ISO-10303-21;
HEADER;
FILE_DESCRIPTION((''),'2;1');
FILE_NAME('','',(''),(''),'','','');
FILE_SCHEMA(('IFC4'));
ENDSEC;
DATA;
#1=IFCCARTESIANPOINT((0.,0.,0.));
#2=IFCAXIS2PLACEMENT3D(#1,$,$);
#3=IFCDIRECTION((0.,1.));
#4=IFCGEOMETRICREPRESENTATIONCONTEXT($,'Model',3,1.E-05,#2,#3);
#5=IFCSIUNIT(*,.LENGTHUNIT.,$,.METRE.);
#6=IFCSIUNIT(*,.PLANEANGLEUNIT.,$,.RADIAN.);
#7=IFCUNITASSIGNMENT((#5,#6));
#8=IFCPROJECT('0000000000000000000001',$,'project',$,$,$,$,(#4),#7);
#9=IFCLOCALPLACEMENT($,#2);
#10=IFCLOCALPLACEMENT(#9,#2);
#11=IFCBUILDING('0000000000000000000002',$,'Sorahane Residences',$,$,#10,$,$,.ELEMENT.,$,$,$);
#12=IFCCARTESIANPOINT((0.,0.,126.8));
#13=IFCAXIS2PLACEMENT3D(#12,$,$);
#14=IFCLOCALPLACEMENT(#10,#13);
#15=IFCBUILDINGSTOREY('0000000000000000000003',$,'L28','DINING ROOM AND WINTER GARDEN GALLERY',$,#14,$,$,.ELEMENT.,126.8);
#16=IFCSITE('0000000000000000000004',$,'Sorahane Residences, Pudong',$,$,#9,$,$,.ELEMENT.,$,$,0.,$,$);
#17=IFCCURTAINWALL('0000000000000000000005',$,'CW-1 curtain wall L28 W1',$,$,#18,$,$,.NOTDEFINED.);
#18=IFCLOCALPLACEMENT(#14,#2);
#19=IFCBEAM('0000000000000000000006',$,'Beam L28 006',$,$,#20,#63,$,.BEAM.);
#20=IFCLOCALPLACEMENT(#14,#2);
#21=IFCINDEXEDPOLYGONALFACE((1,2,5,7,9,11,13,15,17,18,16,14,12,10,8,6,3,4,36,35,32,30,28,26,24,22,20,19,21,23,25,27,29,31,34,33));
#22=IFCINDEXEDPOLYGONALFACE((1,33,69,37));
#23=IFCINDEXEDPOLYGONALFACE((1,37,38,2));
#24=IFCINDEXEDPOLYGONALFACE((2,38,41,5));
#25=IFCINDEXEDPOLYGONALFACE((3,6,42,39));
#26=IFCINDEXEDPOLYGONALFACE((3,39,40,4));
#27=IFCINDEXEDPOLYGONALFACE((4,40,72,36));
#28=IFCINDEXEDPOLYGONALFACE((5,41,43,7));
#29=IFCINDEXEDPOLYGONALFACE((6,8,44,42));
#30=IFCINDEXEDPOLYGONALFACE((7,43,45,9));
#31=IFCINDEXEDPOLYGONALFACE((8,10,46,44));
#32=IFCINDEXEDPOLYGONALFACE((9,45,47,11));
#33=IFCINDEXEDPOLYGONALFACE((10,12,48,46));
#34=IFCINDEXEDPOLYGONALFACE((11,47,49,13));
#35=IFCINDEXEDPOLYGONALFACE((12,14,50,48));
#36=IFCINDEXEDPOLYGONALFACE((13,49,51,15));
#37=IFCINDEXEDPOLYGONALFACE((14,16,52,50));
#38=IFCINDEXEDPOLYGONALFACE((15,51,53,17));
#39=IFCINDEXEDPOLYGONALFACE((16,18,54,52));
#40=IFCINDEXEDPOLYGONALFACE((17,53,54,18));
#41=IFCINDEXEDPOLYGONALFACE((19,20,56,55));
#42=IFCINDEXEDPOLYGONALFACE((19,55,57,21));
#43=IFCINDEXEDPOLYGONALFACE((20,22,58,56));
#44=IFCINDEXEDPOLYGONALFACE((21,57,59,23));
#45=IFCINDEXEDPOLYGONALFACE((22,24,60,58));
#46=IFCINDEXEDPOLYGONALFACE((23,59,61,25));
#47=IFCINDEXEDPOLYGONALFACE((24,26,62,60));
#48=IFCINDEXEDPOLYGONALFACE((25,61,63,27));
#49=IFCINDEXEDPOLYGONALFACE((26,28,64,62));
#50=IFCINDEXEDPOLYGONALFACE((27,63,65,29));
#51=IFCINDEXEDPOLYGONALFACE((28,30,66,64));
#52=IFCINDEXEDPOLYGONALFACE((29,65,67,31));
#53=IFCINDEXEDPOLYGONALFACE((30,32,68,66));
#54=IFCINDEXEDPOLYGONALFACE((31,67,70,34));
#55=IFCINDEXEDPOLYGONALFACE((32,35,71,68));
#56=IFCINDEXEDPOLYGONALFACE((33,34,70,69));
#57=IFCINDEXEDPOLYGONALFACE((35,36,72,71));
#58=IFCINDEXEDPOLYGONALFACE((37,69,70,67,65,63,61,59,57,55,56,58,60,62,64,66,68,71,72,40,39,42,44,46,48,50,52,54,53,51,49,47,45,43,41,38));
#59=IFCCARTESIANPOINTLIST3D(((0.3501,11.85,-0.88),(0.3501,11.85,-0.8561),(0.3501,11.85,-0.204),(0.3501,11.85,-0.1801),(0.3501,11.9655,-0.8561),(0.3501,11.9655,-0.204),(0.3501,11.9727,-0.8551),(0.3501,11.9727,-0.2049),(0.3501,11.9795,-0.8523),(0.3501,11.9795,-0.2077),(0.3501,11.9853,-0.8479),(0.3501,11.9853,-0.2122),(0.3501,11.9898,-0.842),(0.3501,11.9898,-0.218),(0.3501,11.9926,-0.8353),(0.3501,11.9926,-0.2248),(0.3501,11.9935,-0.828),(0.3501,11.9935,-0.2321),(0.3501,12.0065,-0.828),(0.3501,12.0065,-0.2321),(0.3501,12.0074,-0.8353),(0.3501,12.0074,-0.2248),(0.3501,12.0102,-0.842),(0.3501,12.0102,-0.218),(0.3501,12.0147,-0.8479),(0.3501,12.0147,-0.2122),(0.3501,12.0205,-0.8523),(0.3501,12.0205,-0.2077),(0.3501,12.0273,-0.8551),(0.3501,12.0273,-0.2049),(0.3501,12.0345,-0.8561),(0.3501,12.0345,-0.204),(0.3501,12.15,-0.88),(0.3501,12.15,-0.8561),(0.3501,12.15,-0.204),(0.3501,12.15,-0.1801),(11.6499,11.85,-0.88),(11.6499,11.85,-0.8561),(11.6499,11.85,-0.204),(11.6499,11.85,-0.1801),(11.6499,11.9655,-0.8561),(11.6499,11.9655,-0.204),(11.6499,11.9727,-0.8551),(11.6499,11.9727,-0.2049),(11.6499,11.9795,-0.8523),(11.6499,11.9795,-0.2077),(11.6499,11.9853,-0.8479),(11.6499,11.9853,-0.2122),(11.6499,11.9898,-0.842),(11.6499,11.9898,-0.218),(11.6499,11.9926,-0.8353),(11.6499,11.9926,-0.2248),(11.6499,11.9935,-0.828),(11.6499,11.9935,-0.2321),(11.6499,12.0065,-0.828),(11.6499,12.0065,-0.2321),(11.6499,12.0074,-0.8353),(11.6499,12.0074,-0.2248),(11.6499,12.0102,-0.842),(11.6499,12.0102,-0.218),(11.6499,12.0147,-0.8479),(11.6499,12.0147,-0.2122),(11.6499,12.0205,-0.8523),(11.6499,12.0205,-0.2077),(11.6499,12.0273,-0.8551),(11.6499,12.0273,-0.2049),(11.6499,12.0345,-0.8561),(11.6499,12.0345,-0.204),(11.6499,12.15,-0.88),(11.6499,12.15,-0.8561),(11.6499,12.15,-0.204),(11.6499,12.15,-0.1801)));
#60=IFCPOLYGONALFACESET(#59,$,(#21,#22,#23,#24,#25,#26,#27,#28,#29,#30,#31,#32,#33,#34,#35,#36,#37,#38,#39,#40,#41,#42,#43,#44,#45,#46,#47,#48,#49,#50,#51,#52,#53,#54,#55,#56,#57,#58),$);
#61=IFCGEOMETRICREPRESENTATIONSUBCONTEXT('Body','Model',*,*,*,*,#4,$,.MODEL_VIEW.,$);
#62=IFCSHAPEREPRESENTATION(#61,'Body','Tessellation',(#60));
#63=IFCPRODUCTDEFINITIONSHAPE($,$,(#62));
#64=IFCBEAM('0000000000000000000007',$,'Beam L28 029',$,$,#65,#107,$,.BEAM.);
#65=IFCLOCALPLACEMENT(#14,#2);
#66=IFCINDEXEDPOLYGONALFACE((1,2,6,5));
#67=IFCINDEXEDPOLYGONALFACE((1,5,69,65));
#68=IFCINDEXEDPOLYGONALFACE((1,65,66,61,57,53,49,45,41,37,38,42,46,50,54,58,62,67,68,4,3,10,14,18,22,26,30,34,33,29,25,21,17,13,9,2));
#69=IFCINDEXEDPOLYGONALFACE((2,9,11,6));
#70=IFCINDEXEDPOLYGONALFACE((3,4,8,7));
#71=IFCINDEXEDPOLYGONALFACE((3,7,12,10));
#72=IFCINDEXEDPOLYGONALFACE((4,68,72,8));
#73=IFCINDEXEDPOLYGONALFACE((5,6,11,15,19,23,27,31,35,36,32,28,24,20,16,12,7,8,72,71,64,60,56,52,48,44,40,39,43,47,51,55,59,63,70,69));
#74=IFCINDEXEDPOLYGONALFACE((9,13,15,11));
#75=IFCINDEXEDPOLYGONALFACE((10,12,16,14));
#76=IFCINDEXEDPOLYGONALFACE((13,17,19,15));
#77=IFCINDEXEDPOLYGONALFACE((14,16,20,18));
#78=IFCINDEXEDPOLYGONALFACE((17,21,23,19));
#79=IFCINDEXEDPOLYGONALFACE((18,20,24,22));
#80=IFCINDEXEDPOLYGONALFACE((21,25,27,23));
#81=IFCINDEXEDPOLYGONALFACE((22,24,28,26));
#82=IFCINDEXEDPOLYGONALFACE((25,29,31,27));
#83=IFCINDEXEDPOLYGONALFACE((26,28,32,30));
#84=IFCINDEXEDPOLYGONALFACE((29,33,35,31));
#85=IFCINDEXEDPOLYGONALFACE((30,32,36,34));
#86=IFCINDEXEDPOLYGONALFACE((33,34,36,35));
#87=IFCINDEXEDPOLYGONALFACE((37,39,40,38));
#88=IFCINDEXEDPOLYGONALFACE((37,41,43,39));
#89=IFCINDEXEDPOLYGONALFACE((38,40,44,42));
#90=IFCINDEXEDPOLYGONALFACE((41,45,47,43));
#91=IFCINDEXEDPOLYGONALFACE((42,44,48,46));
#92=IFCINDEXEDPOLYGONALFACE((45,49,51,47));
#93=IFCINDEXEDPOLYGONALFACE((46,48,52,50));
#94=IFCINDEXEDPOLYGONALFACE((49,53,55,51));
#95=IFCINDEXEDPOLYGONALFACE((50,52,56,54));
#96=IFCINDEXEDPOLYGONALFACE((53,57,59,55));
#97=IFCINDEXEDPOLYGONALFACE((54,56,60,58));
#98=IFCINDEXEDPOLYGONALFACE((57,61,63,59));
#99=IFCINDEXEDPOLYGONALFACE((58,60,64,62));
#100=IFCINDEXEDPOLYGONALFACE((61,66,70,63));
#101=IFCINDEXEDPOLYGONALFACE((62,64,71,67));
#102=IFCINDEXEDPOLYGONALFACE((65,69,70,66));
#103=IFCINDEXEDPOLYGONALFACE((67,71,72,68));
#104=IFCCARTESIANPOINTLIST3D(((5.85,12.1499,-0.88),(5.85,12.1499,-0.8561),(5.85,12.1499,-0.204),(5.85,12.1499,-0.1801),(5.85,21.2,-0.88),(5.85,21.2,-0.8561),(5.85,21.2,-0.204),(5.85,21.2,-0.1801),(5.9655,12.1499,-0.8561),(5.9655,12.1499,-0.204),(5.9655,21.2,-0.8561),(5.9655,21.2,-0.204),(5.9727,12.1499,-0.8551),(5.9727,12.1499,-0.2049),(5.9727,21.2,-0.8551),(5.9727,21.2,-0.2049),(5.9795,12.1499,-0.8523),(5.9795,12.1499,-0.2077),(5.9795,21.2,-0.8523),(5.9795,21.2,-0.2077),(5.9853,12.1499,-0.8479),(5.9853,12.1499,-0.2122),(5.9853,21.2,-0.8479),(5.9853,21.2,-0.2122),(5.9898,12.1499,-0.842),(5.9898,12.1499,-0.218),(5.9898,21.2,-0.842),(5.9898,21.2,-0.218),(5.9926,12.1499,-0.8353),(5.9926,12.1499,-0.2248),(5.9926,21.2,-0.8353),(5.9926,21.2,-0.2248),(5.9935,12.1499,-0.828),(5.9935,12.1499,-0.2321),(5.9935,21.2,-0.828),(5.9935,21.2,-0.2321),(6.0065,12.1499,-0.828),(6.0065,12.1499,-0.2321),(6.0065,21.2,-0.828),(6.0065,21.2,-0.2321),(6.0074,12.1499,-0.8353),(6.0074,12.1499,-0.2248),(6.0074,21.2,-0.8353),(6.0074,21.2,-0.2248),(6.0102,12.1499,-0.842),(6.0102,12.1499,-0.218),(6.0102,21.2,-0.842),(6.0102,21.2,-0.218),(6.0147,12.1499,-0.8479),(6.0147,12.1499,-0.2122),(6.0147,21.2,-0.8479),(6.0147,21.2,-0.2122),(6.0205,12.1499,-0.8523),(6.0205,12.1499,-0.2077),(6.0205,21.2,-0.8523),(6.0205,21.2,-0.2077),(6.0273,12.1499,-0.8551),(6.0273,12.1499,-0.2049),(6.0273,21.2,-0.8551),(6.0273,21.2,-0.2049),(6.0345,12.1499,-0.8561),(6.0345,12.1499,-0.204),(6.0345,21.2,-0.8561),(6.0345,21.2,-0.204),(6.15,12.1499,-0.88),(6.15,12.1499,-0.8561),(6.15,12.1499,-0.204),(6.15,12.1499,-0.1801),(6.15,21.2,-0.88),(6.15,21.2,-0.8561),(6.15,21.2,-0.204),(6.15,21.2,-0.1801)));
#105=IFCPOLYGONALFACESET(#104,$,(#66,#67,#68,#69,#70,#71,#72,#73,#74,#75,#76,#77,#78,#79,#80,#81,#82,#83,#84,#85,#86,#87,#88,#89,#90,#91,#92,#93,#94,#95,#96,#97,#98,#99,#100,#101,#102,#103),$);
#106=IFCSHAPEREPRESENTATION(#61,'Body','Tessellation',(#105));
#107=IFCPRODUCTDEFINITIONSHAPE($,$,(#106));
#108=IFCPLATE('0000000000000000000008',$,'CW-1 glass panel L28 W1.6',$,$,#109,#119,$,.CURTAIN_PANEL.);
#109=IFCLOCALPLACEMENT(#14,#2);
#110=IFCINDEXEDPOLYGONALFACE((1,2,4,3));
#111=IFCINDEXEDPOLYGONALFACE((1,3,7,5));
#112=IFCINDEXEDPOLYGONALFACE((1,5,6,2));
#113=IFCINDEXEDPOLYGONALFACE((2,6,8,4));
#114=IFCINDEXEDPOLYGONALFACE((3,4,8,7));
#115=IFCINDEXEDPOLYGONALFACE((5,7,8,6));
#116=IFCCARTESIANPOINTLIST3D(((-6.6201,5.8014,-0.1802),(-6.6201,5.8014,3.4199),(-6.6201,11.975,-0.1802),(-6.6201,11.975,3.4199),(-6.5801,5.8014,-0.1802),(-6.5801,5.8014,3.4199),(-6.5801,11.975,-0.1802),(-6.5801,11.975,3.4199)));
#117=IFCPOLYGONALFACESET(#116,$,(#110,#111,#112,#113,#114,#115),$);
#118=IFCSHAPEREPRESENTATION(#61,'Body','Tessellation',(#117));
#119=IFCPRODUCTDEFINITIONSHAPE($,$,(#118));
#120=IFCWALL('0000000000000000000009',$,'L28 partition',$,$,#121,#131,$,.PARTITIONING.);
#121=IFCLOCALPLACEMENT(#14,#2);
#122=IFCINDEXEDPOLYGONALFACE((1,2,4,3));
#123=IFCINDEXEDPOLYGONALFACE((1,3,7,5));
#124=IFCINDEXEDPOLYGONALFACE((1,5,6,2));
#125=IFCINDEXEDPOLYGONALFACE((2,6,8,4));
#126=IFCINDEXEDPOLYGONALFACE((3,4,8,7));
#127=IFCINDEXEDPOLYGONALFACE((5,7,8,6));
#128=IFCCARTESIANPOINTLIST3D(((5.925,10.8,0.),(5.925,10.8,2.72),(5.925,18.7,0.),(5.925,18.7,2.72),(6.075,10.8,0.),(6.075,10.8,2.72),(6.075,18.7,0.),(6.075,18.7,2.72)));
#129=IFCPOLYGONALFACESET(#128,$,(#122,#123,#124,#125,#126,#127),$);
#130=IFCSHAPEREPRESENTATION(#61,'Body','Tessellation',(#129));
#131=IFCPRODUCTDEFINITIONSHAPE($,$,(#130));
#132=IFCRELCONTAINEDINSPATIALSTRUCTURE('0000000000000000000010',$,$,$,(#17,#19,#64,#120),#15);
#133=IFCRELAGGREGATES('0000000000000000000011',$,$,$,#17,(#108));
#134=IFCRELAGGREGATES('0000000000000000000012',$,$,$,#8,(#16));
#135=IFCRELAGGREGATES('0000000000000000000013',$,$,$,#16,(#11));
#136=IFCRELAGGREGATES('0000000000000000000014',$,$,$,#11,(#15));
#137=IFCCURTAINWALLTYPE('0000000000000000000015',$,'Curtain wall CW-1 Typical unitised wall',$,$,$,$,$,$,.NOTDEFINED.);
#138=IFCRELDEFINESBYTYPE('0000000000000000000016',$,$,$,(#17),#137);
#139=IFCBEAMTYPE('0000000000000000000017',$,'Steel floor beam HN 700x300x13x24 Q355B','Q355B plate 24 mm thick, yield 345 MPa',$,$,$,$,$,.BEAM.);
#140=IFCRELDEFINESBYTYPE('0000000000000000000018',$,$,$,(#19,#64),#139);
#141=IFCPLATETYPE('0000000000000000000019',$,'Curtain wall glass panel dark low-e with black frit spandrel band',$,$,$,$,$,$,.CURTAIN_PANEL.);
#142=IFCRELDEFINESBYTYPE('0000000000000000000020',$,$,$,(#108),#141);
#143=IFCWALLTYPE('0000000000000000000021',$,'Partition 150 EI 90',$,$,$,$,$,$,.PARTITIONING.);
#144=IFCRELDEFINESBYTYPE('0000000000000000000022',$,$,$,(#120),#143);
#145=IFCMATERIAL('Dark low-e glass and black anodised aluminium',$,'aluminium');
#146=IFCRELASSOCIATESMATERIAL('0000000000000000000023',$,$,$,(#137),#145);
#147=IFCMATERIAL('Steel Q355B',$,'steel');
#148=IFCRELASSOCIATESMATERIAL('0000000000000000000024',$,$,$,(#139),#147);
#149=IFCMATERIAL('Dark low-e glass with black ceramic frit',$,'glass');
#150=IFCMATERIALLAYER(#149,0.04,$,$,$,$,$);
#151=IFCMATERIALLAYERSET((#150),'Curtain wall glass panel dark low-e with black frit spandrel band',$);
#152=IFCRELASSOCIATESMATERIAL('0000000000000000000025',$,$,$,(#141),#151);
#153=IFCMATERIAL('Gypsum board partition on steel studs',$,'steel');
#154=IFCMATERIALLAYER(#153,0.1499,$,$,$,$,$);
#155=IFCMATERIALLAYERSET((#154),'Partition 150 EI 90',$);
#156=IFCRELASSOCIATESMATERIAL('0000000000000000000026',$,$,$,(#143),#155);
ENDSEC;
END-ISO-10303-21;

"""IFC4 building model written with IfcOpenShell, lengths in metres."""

from ifc_helpers import new_model, si_unit, direction, frame, frame_2d, origin, origin_2d, place, context, subcontext, project, spatial, rectangle, i_section, extrude, material, layer, layer_set, material_profile, profile_set, type_object, element, aggregate, save


model = new_model("IFC4")

# Units and contexts
model_context = context("Model", 3, precision=1e-05, world=origin(), true_north=direction((0.0, 1.0)))
body_context = subcontext(model_context, "Body", "Model", "MODEL_VIEW")
ifc_project = project(units=[si_unit("LENGTHUNIT", "METRE"), si_unit("PLANEANGLEUNIT", "RADIAN")], contexts=[model_context])

# Site, building, storey
site_placement = place(None, origin())
site = spatial("IfcSite", under=ifc_project, at=site_placement, Name="Sorahane Residences, Pudong", CompositionType="ELEMENT", RefElevation=0.0)
building_placement = place(site_placement, origin())
building = spatial("IfcBuilding", under=site, at=building_placement, Name="Sorahane Residences", CompositionType="ELEMENT")
storey_placement = place(building_placement, frame((0.0, 0.0, 126.8)))
storey = spatial("IfcBuildingStorey", under=building, at=storey_placement, Name="L28", Description="DINING ROOM AND WINTER GARDEN GALLERY", CompositionType="ELEMENT", Elevation=126.8)

# Curtain wall
ifc_material_1 = material(Name="Dark low-e glass and black anodised aluminium", Category="aluminium")
curtain_wall_type = type_object("IfcCurtainWallType", Name="Curtain wall CW-1 Typical unitised wall", PredefinedType="NOTDEFINED", material=ifc_material_1)
curtain_wall_placement = place(storey_placement, origin())
curtain_wall = element("IfcCurtainWall", 1, at=curtain_wall_placement, inside=storey, type_object=curtain_wall_type, Name="CW-1 curtain wall L28 W1", PredefinedType="NOTDEFINED")

# Beams
ifc_material_2 = material(Name="Steel Q355B", Category="steel")
ifc_material_profile_1 = material_profile(ifc_material_2, i_section(OverallWidth=0.3, OverallDepth=0.7, WebThickness=0.0129, FlangeThickness=0.0239, FilletRadius=0.0281, at=origin_2d()), Name="HN 700x300x13x24")
ifc_profile_set_1 = profile_set([ifc_material_profile_1], Name="Steel Q355B")
beam_type_1 = type_object("IfcBeamType", Name="Steel floor beam HN 700x300x13x24 Q355B", Description="Q355B plate 24 mm thick, yield 345 MPa", PredefinedType="BEAM", material=ifc_profile_set_1)
beam_1_placement = place(storey_placement, frame((0.3501, 12.0, -0.53), z_axis=(1.0, 0.0, 0.0), x_axis=(0.0, 1.0, 0.0)))
element("IfcBeam", 2, at=beam_1_placement, inside=storey, type_object=beam_type_1, Name="Beam L28 006", PredefinedType="BEAM", context=body_context, shape_type="SweptSolid", body=[
    extrude(i_section(OverallWidth=0.3, OverallDepth=0.7, WebThickness=0.0129, FlangeThickness=0.0239, FilletRadius=0.0281, at=origin_2d()), origin(), (0.0, 0.0, 1.0), 11.2998),
])
beam_2_placement = place(storey_placement, frame((6.0, 12.1499, -0.53), z_axis=(0.0, 1.0, 0.0), x_axis=(-1.0, 0.0, 0.0)))
element("IfcBeam", 3, at=beam_2_placement, inside=storey, type_object=beam_type_1, Name="Beam L28 029", PredefinedType="BEAM", context=body_context, shape_type="SweptSolid", body=[
    extrude(i_section(OverallWidth=0.3, OverallDepth=0.7, WebThickness=0.0129, FlangeThickness=0.0239, FilletRadius=0.0281, at=origin_2d()), origin(), (0.0, 0.0, 1.0), 9.05),
])

# Plate
ifc_material_3 = material(Name="Dark low-e glass with black ceramic frit", Category="glass")
ifc_layer_1 = layer(ifc_material_3, 0.04)
ifc_layer_set_1 = layer_set([ifc_layer_1], Name="Curtain wall glass panel dark low-e with black frit spandrel band")
plate_type = type_object("IfcPlateType", Name="Curtain wall glass panel dark low-e with black frit spandrel band", PredefinedType="CURTAIN_PANEL", material=ifc_layer_set_1)
plate_placement = place(storey_placement, frame((-6.6001, 8.8882, -0.1802), z_axis=(0.0, 0.0, 1.0), x_axis=(0.0, -1.0, 0.0)))
plate = element("IfcPlate", 4, at=plate_placement, type_object=plate_type, Name="CW-1 glass panel L28 W1.6", PredefinedType="CURTAIN_PANEL", context=body_context, shape_type="SweptSolid", body=[
    extrude(rectangle(XDim=6.1736, YDim=0.04, at=origin_2d()), origin(), (0.0, 0.0, 1.0), 3.6001),
])
aggregate(curtain_wall, [plate])

# Wall
ifc_material_4 = material(Name="Gypsum board partition on steel studs", Category="steel")
ifc_layer_2 = layer(ifc_material_4, 0.1499)
ifc_layer_set_2 = layer_set([ifc_layer_2], Name="Partition 150 EI 90")
wall_type_1 = type_object("IfcWallType", Name="Partition 150 EI 90", PredefinedType="PARTITIONING", material=ifc_layer_set_2)
wall_1_placement = place(storey_placement, frame((6.0, 10.8, 0.0), z_axis=(0.0, 0.0, 1.0), x_axis=(0.0, 1.0, 0.0)))
element("IfcWall", 5, at=wall_1_placement, inside=storey, type_object=wall_type_1, Name="L28 partition", PredefinedType="PARTITIONING", context=body_context, shape_type="SweptSolid", body=[
    extrude(rectangle(XDim=7.8999, YDim=0.1499, at=frame_2d((3.95, 0.0))), origin(), (0.0, 0.0, 1.0), 2.72),
])

save(model, "model.ifc")
